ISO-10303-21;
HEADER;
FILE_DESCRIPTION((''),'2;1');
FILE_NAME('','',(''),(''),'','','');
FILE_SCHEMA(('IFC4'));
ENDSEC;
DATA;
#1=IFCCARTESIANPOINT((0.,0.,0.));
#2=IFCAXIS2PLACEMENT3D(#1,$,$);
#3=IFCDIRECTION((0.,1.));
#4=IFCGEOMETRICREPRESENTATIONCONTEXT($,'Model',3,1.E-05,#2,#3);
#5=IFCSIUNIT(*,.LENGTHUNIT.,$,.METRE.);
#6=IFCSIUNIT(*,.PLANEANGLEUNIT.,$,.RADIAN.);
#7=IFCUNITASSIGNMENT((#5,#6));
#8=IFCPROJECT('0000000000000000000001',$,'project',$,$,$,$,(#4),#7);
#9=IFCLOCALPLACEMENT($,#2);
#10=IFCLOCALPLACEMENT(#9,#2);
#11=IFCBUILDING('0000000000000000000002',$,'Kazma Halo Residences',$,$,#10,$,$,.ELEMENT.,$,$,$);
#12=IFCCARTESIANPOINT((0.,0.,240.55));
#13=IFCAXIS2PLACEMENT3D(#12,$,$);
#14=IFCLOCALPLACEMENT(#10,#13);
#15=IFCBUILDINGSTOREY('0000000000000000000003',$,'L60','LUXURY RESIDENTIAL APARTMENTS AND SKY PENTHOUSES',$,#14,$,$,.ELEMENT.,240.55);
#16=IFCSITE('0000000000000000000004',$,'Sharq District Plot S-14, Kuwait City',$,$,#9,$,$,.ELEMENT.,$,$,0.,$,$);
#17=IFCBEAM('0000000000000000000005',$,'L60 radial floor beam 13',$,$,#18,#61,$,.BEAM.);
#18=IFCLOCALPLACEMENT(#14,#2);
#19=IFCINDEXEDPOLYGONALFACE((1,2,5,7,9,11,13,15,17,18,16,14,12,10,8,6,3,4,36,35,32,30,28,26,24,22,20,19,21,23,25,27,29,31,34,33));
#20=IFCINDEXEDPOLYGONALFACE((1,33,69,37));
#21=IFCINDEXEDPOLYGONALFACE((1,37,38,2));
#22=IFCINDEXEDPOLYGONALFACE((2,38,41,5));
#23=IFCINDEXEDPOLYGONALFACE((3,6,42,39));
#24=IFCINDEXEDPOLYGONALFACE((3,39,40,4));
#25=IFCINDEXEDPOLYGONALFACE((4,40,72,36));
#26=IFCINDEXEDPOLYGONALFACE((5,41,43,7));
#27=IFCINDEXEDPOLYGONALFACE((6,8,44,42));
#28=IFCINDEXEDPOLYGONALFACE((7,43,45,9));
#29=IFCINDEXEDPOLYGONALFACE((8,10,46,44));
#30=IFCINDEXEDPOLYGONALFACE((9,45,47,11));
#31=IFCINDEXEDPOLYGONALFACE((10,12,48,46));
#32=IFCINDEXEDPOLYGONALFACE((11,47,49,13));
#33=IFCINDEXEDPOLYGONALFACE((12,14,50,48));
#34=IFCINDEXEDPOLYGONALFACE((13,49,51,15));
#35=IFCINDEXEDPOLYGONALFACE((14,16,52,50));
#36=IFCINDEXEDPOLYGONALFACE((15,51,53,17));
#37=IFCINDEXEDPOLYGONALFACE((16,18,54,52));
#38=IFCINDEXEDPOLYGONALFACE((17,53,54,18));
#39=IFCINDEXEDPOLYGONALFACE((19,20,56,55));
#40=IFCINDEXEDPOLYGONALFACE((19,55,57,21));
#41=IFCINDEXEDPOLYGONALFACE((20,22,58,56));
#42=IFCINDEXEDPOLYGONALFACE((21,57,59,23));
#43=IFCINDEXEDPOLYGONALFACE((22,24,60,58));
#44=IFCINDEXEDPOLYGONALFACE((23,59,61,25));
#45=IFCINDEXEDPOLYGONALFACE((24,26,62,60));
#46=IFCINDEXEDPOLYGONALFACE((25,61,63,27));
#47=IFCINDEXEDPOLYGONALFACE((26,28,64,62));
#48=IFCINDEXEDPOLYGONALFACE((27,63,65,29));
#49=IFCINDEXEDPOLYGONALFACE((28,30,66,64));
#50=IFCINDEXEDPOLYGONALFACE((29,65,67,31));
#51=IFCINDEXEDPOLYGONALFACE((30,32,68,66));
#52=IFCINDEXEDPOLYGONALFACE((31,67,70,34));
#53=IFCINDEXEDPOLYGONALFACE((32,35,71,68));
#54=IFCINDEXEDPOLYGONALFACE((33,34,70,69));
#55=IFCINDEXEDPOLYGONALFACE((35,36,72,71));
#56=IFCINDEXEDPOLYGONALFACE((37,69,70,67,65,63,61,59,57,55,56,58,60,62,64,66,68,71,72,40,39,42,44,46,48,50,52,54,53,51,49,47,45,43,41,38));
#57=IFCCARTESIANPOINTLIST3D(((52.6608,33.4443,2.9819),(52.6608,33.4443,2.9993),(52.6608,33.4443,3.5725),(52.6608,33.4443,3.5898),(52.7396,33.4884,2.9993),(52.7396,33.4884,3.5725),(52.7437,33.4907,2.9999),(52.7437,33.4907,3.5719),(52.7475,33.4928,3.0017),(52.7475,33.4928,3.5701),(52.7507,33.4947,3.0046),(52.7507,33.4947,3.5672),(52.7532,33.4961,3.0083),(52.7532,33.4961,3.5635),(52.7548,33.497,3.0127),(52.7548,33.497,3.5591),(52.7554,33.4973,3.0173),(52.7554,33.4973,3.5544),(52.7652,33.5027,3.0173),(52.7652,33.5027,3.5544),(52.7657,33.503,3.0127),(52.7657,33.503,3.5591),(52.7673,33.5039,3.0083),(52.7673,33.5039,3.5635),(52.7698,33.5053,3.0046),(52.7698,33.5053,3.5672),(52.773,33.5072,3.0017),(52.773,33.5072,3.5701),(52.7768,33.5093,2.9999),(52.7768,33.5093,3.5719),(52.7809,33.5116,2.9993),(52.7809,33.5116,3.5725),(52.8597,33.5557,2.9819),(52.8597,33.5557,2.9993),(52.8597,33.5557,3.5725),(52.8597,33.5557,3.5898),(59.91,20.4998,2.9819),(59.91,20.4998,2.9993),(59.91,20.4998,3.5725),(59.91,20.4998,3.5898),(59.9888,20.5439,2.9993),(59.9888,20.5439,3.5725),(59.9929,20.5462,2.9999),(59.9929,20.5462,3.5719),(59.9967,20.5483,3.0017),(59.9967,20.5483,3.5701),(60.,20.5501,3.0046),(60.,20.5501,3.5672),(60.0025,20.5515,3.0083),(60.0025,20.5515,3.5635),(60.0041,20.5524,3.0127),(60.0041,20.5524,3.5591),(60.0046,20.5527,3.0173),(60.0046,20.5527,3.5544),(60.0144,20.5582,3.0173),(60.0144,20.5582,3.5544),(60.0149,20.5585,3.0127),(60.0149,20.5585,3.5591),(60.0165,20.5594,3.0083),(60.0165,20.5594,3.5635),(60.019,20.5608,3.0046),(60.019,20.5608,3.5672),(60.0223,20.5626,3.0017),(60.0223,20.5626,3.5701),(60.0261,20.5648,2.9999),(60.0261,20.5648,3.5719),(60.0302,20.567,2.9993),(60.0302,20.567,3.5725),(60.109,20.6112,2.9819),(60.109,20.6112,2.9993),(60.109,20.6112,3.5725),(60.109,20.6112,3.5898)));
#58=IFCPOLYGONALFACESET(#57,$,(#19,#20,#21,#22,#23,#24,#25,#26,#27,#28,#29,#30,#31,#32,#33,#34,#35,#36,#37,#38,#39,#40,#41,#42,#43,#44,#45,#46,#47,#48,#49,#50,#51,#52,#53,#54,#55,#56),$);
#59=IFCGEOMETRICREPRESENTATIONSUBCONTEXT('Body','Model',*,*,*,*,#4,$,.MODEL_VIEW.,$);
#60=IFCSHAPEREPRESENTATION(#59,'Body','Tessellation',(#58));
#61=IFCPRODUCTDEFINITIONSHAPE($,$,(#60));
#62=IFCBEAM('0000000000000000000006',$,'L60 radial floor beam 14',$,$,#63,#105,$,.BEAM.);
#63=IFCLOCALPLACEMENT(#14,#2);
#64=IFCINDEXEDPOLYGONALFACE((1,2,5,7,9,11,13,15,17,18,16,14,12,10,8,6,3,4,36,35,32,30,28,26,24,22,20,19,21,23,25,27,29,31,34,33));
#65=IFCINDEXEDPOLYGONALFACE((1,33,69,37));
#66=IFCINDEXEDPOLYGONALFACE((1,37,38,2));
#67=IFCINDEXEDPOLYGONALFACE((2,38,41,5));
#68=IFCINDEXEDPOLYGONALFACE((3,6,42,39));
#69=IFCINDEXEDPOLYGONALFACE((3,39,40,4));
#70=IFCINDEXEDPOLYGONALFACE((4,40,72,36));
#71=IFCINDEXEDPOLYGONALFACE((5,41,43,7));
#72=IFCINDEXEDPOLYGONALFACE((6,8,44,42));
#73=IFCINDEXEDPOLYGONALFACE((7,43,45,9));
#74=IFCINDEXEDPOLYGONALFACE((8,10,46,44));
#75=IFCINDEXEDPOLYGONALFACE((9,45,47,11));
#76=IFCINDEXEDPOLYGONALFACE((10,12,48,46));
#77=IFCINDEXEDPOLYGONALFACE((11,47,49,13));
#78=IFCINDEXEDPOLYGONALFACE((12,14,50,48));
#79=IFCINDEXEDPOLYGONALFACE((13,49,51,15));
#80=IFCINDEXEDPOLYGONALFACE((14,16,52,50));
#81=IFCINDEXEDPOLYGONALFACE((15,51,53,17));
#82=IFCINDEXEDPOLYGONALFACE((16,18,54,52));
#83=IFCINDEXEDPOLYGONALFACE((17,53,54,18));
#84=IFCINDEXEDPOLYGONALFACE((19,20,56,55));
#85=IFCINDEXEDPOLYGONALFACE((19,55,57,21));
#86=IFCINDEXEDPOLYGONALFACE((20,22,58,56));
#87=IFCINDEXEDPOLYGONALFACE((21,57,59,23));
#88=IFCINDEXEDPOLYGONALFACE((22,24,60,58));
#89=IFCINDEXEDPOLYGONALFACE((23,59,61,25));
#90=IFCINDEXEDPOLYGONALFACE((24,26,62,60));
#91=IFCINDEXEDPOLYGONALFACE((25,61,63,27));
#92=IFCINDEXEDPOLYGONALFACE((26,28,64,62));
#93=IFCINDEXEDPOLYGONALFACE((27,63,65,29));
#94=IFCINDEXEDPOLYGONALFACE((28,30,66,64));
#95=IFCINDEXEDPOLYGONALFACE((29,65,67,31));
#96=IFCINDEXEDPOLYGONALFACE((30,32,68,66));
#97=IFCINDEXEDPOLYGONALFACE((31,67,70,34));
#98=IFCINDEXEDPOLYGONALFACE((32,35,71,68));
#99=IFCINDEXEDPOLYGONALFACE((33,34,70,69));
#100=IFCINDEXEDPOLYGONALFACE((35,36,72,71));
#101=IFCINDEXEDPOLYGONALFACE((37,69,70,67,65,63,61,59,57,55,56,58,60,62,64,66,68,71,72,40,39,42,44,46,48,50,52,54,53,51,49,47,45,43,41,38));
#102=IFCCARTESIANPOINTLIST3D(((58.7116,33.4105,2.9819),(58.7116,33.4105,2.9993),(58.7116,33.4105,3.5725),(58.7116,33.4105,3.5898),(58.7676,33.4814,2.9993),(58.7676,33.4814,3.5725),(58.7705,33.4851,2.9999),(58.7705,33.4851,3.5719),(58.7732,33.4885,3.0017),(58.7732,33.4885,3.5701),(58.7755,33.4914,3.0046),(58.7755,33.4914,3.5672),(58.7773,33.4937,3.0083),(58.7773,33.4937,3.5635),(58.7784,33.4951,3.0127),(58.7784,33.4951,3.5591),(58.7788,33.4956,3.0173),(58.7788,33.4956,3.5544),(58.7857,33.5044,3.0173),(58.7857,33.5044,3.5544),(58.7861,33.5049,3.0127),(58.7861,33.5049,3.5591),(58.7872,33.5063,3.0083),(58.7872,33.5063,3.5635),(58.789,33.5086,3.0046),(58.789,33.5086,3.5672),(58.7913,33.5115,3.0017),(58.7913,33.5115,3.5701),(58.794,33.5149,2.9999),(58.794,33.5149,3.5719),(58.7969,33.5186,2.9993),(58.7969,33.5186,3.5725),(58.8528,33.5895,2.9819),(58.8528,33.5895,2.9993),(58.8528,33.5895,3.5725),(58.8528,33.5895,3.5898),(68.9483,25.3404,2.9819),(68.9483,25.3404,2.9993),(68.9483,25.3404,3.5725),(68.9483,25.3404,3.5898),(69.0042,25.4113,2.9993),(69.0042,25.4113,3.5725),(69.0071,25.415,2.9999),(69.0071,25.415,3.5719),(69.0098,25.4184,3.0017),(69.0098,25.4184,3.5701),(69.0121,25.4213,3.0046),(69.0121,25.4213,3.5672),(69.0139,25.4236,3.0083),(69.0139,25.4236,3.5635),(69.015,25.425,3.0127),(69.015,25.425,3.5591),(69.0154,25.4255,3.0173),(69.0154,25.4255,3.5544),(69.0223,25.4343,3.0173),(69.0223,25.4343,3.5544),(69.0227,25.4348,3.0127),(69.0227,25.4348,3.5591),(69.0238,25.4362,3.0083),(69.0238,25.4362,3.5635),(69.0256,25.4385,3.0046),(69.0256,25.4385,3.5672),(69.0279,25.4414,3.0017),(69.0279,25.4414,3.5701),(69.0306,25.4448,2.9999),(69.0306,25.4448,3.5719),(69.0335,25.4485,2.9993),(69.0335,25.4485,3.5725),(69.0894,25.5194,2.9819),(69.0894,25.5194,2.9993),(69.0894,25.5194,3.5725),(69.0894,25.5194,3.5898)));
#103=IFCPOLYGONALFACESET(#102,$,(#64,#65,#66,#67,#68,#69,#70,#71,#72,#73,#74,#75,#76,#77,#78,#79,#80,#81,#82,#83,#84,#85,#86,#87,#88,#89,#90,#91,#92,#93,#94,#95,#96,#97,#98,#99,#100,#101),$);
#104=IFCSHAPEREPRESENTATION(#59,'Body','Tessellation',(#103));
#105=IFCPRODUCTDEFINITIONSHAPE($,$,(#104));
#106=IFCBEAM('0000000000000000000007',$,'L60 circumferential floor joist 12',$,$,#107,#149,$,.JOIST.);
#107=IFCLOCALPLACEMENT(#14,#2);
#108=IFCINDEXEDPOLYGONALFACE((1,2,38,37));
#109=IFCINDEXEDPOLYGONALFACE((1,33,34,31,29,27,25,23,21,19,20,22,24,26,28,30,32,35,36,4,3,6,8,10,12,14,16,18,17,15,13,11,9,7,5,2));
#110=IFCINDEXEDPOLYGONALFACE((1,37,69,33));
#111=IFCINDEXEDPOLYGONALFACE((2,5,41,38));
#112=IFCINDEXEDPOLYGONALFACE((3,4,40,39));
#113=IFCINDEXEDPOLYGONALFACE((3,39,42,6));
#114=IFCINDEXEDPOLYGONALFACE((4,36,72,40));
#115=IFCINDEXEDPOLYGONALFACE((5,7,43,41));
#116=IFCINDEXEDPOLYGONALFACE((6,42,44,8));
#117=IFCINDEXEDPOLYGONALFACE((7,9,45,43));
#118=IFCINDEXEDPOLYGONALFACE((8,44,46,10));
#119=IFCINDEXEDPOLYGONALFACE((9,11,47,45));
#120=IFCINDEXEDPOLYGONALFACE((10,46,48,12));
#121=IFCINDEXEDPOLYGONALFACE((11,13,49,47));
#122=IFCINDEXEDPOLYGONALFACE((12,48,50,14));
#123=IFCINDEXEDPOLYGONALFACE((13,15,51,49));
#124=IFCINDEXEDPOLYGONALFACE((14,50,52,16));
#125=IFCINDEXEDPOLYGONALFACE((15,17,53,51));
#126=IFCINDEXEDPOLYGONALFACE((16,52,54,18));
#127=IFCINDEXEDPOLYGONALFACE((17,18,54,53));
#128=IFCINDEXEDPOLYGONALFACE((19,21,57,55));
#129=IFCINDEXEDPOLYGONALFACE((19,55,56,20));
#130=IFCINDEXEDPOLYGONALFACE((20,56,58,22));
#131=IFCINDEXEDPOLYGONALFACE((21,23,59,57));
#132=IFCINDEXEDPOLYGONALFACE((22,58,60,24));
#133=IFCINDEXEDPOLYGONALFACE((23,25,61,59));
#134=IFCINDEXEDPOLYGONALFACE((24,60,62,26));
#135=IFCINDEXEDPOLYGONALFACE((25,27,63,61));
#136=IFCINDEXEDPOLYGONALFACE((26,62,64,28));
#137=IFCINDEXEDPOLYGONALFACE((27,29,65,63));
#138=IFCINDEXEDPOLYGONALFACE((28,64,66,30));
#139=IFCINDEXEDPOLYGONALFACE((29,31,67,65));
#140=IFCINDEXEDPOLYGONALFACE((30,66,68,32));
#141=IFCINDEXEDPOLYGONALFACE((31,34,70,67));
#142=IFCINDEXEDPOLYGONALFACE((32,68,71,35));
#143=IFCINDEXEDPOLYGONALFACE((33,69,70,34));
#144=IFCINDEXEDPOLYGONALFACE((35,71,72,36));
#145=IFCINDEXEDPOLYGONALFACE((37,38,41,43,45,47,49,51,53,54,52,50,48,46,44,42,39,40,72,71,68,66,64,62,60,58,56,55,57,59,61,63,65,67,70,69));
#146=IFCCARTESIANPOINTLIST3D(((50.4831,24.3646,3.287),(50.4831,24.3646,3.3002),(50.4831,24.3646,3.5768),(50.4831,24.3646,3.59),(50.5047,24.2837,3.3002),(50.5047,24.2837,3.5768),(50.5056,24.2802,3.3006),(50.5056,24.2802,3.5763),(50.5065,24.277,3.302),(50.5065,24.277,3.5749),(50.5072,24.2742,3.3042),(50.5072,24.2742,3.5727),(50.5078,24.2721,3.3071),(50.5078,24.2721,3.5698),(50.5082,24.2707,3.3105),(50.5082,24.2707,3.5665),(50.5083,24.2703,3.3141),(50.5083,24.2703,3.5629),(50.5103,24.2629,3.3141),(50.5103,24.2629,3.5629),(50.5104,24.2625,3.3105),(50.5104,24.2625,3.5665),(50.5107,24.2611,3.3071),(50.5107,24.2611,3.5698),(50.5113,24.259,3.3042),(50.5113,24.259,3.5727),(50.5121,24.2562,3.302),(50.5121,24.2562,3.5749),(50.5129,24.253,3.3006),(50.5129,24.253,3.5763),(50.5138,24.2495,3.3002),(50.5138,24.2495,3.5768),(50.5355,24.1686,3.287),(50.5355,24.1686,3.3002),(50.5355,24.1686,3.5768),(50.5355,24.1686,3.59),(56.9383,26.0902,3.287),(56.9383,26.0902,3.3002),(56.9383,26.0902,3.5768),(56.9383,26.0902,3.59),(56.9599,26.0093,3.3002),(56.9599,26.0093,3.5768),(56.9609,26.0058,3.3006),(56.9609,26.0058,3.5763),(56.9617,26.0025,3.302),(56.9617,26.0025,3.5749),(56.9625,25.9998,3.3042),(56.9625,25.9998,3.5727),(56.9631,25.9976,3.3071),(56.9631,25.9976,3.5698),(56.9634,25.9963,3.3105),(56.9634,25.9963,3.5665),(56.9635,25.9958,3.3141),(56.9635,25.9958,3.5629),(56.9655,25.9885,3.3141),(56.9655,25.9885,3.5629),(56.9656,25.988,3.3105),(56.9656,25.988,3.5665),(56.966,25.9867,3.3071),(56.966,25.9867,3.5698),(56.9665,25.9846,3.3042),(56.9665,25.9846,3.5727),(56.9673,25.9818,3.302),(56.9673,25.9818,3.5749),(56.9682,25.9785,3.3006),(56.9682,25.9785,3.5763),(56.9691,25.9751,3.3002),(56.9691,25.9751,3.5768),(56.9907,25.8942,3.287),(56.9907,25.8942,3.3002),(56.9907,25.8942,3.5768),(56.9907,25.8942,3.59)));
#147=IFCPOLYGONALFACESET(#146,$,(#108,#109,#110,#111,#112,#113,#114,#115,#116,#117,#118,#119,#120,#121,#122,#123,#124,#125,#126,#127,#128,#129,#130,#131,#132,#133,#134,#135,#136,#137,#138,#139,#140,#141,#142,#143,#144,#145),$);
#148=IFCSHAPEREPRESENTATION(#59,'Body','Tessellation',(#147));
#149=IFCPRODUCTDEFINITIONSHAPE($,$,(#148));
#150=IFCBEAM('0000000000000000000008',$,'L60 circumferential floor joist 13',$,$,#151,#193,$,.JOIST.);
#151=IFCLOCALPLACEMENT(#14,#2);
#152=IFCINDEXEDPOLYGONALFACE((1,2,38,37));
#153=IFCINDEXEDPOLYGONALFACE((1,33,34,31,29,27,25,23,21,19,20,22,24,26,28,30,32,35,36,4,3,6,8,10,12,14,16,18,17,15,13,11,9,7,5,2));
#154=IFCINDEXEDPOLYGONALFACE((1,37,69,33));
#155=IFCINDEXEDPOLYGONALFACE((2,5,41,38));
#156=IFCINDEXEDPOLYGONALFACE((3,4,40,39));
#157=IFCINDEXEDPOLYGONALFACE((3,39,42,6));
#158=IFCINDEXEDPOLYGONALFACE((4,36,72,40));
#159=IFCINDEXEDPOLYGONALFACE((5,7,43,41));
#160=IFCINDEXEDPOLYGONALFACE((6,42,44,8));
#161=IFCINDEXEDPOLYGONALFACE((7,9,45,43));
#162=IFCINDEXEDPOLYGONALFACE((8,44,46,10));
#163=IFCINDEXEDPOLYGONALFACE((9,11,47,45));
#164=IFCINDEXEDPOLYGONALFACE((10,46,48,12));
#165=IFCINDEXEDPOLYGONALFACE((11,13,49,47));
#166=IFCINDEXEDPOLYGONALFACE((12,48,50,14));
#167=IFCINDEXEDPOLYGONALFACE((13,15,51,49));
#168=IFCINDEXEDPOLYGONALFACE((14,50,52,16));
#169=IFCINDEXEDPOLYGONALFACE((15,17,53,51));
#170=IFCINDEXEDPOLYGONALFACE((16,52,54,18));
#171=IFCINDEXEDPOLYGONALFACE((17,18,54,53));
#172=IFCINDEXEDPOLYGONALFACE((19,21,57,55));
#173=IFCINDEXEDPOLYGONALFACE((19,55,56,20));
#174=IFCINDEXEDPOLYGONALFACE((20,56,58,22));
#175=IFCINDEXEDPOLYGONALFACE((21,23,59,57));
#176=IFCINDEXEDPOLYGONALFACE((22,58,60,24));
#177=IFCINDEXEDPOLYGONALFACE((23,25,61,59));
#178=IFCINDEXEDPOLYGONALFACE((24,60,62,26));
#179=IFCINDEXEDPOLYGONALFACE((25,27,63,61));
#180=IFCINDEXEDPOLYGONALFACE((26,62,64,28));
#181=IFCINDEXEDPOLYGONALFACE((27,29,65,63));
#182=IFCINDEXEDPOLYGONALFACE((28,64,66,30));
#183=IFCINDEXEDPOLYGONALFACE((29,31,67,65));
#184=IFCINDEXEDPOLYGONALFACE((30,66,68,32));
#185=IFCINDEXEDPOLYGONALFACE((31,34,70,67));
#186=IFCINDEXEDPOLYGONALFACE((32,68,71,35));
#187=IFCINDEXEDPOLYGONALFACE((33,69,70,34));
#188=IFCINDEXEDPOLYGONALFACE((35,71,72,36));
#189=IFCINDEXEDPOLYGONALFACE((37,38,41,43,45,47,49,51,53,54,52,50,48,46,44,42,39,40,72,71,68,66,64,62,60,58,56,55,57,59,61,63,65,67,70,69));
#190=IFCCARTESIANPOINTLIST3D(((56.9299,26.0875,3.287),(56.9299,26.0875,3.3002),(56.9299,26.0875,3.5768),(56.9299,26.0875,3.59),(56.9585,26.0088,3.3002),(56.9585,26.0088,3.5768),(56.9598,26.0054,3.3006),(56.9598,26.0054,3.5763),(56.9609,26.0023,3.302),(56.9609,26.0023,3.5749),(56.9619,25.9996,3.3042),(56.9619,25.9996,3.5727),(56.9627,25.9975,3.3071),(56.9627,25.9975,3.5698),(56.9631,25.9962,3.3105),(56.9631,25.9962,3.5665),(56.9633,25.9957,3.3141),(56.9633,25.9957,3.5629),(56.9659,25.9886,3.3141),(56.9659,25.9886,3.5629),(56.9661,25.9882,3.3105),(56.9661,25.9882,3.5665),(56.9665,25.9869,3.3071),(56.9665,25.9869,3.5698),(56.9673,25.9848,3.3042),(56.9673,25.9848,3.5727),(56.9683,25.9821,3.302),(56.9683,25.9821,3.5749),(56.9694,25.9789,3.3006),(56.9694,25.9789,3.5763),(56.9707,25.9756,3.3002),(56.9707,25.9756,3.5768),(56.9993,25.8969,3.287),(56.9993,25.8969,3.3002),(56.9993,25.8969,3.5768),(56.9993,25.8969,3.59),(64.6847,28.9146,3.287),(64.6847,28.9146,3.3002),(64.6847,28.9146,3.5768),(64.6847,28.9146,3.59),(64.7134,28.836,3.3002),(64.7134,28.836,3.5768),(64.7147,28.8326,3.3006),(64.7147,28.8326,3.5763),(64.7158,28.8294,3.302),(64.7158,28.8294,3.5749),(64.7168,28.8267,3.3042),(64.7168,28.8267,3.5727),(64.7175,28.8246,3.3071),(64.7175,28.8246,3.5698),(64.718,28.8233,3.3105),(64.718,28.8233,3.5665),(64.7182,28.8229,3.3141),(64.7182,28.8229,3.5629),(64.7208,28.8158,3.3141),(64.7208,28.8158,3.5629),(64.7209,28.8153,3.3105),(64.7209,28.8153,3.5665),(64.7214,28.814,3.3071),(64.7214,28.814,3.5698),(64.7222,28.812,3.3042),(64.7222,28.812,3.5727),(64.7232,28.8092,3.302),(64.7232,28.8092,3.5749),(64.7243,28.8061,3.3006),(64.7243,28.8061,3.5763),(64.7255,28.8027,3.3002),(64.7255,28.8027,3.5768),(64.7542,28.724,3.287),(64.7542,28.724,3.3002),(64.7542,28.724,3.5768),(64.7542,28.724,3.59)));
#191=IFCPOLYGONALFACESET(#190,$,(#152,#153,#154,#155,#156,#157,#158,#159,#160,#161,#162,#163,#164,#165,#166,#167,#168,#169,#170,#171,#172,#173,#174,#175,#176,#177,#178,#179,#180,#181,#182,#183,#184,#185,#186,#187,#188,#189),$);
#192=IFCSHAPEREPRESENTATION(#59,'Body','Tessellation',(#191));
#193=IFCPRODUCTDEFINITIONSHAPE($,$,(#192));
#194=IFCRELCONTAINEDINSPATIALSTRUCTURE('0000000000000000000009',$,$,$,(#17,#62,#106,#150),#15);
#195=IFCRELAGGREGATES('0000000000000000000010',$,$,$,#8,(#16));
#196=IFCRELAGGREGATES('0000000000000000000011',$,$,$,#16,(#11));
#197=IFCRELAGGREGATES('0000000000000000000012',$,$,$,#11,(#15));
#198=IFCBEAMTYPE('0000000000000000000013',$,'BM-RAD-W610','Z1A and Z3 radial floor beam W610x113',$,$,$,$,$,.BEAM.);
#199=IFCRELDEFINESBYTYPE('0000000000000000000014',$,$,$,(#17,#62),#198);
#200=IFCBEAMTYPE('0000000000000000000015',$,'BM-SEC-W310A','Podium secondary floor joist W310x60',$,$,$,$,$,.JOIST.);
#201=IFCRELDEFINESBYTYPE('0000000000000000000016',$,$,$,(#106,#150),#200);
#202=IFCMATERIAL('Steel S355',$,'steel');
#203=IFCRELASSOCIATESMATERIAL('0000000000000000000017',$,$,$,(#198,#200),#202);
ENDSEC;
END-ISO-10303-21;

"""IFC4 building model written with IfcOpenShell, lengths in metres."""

from ifc_helpers import new_model, si_unit, direction, frame, origin, origin_2d, place, context, subcontext, project, spatial, i_section, extrude, material, material_profile, profile_set, type_object, element, save


model = new_model("IFC4")

# Units and contexts
model_context = context("Model", 3, precision=1e-05, world=origin(), true_north=direction((0.0, 1.0)))
body_context = subcontext(model_context, "Body", "Model", "MODEL_VIEW")
ifc_project = project(units=[si_unit("LENGTHUNIT", "METRE"), si_unit("PLANEANGLEUNIT", "RADIAN")], contexts=[model_context])

# Site, building, storey
site_placement = place(None, origin())
site = spatial("IfcSite", under=ifc_project, at=site_placement, Name="Sharq District Plot S-14, Kuwait City", CompositionType="ELEMENT", RefElevation=0.0)
building_placement = place(site_placement, origin())
building = spatial("IfcBuilding", under=site, at=building_placement, Name="Kazma Halo Residences", CompositionType="ELEMENT")
storey_placement = place(building_placement, frame((0.0, 0.0, 240.55)))
storey = spatial("IfcBuildingStorey", under=building, at=storey_placement, Name="L60", Description="LUXURY RESIDENTIAL APARTMENTS AND SKY PENTHOUSES", CompositionType="ELEMENT", Elevation=240.55)

# Beams
ifc_material_1 = material(Name="Steel S355", Category="steel")
ifc_material_profile_1 = material_profile(ifc_material_1, i_section(OverallWidth=0.228, OverallDepth=0.6079, WebThickness=0.0112, FlangeThickness=0.0173, FilletRadius=0.0181, at=origin_2d()), Name="W610x113")
ifc_profile_set_1 = profile_set([ifc_material_profile_1], Name="Steel S355")
beam_type_1 = type_object("IfcBeamType", Name="BM-RAD-W610", Description="Z1A and Z3 radial floor beam W610x113", PredefinedType="BEAM", material=ifc_profile_set_1)
beam_1_placement = place(storey_placement, frame((52.7603, 33.5, 3.2859), z_axis=(0.488619, -0.872497, 0.0), x_axis=(0.872497, 0.488619, 0.0)))
element("IfcBeam", 1, at=beam_1_placement, inside=storey, type_object=beam_type_1, Name="L60 radial floor beam 13", PredefinedType="BEAM", context=body_context, shape_type="SweptSolid", body=[
    extrude(i_section(OverallWidth=0.228, OverallDepth=0.6079, WebThickness=0.0112, FlangeThickness=0.0173, FilletRadius=0.0181, at=origin_2d()), origin(), (0.0, 0.0, 1.0), 14.8362),
])
beam_2_placement = place(storey_placement, frame((58.7822, 33.5, 3.2859), z_axis=(0.785309, -0.619104, 0.0), x_axis=(0.619104, 0.785309, 0.0)))
element("IfcBeam", 2, at=beam_2_placement, inside=storey, type_object=beam_type_1, Name="L60 radial floor beam 14", PredefinedType="BEAM", context=body_context, shape_type="SweptSolid", body=[
    extrude(i_section(OverallWidth=0.228, OverallDepth=0.6079, WebThickness=0.0112, FlangeThickness=0.0173, FilletRadius=0.0181, at=origin_2d()), origin(), (0.0, 0.0, 1.0), 13.0352),
])
ifc_material_profile_2 = material_profile(ifc_material_1, i_section(OverallWidth=0.2029, OverallDepth=0.303, WebThickness=0.0076, FlangeThickness=0.0132, FilletRadius=0.0139, at=origin_2d()), Name="W310x60")
ifc_profile_set_2 = profile_set([ifc_material_profile_2], Name="Steel S355")
beam_type_2 = type_object("IfcBeamType", Name="BM-SEC-W310A", Description="Podium secondary floor joist W310x60", PredefinedType="JOIST", material=ifc_profile_set_2)
beam_3_placement = place(storey_placement, frame((50.5093, 24.2666, 3.4385), z_axis=(0.96608, 0.258245, 0.0), x_axis=(-0.258245, 0.96608, 0.0)))
element("IfcBeam", 3, at=beam_3_placement, inside=storey, type_object=beam_type_2, Name="L60 circumferential floor joist 12", PredefinedType="JOIST", context=body_context, shape_type="SweptSolid", body=[
    extrude(i_section(OverallWidth=0.2029, OverallDepth=0.303, WebThickness=0.0076, FlangeThickness=0.0132, FilletRadius=0.0139, at=origin_2d()), origin(), (0.0, 0.0, 1.0), 6.6819),
])
beam_4_placement = place(storey_placement, frame((56.9646, 25.9922, 3.4385), z_axis=(0.939513, 0.342512, 0.0), x_axis=(-0.342512, 0.939513, 0.0)))
element("IfcBeam", 4, at=beam_4_placement, inside=storey, type_object=beam_type_2, Name="L60 circumferential floor joist 13", PredefinedType="JOIST", context=body_context, shape_type="SweptSolid", body=[
    extrude(i_section(OverallWidth=0.2029, OverallDepth=0.303, WebThickness=0.0076, FlangeThickness=0.0132, FilletRadius=0.0139, at=origin_2d()), origin(), (0.0, 0.0, 1.0), 8.2542),
])

save(model, "model.ifc")
